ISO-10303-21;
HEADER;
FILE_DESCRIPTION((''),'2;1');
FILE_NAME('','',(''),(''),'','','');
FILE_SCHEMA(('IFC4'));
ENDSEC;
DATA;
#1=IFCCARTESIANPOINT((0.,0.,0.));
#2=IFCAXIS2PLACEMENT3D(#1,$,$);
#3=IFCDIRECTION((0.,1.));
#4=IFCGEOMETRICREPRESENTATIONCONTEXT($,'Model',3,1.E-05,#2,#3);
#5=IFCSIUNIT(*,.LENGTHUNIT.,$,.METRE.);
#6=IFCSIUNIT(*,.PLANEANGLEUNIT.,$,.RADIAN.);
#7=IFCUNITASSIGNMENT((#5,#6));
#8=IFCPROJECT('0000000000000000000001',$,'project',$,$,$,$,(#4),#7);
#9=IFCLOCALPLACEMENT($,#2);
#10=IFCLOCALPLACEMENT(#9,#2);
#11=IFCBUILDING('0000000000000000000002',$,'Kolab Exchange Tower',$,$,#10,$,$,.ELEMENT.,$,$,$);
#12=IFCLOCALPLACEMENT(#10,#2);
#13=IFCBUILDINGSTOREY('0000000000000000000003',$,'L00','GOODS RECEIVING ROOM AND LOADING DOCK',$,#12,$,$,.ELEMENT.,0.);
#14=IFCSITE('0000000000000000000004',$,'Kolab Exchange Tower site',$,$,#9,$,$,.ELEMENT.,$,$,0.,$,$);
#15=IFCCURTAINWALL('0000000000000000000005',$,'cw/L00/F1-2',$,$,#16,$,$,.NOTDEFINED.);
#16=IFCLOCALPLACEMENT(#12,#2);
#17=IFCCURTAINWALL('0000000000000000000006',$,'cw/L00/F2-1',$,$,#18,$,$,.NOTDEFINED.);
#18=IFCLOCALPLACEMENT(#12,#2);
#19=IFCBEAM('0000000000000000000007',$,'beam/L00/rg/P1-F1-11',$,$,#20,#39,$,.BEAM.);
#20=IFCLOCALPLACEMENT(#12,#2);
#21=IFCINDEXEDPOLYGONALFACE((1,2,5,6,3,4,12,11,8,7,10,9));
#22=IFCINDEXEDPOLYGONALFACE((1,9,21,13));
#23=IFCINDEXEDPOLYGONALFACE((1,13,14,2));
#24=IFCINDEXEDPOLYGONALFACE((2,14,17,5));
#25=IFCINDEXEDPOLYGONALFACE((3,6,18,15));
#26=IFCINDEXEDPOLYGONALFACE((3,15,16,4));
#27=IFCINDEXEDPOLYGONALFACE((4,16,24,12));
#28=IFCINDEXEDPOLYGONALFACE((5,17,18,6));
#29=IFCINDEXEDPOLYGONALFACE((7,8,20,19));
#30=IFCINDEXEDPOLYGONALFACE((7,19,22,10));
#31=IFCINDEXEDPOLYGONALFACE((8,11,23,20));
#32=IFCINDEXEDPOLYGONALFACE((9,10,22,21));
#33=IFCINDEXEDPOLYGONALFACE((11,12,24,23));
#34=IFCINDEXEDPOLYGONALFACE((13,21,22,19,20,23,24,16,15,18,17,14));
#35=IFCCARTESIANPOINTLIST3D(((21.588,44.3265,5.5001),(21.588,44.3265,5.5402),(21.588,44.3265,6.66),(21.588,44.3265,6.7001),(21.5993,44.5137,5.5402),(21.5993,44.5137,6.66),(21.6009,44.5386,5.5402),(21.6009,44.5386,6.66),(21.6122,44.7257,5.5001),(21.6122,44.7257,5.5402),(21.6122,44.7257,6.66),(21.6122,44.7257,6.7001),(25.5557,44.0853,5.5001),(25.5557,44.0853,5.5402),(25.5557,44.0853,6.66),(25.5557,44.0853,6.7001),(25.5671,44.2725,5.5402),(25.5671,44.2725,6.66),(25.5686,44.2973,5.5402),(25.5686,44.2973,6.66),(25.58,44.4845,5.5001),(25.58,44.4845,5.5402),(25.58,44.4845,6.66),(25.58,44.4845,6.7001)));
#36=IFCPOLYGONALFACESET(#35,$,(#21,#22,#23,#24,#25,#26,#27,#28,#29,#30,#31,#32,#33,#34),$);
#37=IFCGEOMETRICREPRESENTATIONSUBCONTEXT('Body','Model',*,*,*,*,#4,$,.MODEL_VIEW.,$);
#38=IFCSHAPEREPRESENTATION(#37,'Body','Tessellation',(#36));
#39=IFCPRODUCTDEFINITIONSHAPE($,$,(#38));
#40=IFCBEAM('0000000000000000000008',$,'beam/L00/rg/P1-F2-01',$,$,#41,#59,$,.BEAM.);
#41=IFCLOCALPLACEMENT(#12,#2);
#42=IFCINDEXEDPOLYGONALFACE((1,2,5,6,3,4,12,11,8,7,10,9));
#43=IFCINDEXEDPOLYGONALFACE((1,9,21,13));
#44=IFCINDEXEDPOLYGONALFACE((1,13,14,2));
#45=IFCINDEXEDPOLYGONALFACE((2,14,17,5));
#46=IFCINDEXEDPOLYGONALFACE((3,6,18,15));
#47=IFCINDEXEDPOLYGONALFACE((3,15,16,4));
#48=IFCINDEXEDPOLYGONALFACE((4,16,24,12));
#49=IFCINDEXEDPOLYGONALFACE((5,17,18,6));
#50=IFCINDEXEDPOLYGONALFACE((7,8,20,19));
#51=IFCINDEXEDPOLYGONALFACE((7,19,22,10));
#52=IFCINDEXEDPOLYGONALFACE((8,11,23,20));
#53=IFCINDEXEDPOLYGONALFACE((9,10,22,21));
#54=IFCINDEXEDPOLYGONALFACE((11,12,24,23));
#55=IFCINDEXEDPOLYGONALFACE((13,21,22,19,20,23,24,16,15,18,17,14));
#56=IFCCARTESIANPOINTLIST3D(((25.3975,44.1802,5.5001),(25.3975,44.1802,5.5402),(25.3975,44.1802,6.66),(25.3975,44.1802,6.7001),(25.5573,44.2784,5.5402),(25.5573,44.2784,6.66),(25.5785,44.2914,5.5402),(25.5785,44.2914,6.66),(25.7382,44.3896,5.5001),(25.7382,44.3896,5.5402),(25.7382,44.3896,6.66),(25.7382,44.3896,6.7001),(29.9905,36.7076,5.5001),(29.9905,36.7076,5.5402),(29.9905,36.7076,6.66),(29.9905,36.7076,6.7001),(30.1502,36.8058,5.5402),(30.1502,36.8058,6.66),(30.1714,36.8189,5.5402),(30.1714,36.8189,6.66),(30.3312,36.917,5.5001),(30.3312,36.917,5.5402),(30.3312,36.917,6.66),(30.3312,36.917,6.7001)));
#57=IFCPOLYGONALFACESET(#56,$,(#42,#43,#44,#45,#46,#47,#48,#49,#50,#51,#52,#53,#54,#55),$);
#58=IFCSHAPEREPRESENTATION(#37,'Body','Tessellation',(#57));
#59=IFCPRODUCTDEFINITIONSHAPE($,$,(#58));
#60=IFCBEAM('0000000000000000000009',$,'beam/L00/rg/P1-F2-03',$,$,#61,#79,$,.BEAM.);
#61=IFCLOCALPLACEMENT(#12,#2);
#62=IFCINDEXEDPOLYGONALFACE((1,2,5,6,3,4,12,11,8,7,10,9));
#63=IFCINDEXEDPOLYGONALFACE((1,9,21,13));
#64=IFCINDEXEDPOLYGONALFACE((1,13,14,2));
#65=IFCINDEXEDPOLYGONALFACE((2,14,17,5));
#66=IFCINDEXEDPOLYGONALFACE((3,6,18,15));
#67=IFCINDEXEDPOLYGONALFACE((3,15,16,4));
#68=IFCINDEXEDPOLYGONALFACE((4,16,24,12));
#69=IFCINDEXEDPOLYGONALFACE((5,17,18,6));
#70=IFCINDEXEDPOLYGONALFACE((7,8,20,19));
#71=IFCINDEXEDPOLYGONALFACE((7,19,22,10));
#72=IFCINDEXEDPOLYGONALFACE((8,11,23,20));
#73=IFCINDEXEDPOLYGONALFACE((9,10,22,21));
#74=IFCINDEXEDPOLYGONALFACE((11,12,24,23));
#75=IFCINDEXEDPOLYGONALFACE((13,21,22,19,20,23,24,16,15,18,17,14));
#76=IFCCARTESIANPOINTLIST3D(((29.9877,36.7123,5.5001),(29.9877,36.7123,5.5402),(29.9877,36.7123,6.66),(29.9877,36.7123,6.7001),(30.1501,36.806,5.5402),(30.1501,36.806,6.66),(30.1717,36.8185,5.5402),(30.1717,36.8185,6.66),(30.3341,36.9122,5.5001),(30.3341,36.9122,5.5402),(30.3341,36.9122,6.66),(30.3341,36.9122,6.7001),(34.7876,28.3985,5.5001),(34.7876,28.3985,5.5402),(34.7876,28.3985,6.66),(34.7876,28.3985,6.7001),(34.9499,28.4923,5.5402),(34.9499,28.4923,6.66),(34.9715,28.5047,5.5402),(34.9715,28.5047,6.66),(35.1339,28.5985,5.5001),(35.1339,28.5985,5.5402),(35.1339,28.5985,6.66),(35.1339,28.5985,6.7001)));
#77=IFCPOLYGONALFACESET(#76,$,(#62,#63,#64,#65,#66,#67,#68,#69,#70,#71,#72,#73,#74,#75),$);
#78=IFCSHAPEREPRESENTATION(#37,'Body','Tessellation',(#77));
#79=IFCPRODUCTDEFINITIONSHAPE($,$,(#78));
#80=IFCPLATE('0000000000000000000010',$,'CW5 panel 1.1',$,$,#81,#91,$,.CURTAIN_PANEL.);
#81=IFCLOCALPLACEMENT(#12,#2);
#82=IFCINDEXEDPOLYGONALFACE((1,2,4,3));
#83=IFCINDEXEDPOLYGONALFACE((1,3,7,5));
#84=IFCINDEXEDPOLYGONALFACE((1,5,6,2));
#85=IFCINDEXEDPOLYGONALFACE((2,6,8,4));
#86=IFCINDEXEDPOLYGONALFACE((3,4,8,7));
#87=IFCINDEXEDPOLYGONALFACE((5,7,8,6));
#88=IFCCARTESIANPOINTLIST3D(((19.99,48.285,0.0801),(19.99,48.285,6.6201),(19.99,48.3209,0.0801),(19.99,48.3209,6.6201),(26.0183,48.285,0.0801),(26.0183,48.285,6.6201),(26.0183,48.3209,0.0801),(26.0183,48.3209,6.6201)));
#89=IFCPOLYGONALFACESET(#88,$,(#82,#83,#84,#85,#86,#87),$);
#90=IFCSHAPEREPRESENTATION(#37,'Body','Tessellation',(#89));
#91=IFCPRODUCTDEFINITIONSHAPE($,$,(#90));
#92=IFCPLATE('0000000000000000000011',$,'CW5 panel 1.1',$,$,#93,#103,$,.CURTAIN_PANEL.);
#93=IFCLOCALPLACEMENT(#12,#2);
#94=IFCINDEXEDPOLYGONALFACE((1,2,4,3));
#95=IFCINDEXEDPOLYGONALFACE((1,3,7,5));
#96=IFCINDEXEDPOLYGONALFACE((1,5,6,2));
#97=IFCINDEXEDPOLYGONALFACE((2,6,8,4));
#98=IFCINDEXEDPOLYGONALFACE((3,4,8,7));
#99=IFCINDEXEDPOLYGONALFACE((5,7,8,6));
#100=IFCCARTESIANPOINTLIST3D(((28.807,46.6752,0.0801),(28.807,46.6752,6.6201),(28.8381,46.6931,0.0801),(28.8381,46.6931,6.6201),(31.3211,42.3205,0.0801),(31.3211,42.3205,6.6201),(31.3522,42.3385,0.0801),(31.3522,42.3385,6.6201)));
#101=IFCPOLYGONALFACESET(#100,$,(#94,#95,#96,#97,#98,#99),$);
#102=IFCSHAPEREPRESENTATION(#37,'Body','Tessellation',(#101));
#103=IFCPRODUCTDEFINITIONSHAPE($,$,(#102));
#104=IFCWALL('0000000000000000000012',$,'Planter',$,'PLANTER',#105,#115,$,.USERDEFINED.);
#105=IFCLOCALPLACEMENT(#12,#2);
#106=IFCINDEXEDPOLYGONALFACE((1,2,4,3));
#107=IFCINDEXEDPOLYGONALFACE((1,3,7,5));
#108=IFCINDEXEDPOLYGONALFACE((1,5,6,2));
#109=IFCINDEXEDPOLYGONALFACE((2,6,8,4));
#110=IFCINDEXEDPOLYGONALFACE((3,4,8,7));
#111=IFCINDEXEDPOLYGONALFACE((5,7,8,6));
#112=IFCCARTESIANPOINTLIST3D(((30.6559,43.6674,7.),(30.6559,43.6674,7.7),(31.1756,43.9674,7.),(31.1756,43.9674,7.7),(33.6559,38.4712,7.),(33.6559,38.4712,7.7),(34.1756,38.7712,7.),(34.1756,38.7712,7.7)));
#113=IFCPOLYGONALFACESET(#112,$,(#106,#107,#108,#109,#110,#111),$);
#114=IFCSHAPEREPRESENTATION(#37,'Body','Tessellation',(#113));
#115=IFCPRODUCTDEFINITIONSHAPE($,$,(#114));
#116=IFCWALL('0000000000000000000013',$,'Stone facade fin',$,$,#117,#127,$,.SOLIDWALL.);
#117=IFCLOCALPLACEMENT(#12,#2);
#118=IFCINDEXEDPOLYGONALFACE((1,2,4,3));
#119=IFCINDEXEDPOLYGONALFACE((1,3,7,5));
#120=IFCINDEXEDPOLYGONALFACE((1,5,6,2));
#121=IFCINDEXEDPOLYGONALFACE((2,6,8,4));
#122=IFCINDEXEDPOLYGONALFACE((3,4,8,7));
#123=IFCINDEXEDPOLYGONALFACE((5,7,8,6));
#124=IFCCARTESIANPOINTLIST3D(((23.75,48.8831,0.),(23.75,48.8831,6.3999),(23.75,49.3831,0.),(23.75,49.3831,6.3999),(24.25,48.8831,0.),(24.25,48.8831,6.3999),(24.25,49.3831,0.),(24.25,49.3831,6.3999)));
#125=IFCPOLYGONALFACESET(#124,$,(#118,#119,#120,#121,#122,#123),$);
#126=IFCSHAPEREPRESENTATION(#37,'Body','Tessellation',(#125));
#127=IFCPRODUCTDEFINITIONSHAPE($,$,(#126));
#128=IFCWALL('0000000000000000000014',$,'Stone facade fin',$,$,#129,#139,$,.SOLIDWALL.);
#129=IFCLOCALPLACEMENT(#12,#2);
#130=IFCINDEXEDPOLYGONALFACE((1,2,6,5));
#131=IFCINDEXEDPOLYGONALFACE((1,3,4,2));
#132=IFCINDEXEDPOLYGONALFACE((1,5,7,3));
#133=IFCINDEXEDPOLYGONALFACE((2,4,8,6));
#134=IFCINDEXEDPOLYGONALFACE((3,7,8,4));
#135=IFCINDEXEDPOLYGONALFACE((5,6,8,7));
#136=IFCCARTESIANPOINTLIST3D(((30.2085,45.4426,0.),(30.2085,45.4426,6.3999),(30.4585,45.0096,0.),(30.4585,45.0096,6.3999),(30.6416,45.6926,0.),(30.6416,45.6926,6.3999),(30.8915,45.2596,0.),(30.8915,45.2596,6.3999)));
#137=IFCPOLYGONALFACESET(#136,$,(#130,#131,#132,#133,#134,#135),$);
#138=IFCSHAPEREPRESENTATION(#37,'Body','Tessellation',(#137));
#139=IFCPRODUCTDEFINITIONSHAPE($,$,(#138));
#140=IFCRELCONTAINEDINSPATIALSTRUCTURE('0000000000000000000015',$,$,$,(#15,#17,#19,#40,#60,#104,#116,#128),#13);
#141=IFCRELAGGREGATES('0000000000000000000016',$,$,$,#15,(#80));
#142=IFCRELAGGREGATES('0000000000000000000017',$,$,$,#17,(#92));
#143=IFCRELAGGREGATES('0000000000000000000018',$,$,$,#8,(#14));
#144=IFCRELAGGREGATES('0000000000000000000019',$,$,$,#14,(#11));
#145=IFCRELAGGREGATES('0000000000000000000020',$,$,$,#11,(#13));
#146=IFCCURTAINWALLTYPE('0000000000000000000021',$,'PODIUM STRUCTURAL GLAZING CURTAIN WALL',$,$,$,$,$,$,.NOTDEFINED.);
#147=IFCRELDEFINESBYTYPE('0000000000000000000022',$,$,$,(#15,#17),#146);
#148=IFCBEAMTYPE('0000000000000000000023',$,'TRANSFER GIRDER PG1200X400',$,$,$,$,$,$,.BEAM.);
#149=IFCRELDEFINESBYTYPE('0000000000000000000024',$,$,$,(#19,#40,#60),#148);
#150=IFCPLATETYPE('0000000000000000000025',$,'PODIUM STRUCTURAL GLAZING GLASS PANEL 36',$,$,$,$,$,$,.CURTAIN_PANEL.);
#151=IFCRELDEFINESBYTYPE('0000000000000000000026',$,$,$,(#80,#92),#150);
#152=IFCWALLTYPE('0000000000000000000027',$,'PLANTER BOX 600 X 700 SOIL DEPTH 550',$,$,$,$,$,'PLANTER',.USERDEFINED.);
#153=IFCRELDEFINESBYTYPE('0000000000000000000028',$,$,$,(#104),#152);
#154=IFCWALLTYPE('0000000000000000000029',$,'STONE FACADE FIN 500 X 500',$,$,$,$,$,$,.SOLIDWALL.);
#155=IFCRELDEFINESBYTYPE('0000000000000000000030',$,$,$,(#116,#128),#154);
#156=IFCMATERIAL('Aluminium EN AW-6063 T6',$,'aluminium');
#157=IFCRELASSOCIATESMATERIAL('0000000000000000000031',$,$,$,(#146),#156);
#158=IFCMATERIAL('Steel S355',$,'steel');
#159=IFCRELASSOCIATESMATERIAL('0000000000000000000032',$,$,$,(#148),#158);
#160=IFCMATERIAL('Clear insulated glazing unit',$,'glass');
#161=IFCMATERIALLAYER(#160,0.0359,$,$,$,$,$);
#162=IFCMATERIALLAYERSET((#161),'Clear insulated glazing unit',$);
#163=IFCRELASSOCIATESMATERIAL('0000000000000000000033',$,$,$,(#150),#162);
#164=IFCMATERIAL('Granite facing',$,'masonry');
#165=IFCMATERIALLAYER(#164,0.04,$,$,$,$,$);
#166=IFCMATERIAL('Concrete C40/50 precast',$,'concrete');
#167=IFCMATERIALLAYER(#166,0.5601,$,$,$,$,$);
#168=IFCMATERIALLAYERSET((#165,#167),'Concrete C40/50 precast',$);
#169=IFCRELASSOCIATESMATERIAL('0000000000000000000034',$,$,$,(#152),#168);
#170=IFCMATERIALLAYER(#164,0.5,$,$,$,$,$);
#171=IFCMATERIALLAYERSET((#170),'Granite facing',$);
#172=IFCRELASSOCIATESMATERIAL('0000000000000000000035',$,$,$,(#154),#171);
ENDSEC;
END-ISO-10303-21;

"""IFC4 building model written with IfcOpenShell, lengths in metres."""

from ifc_helpers import new_model, si_unit, direction, frame, frame_2d, origin, origin_2d, place, context, subcontext, project, spatial, rectangle, i_section, extrude, material, layer, layer_set, material_profile, profile_set, type_object, element, aggregate, save


model = new_model("IFC4")

# Units and contexts
model_context = context("Model", 3, precision=1e-05, world=origin(), true_north=direction((0.0, 1.0)))
body_context = subcontext(model_context, "Body", "Model", "MODEL_VIEW")
ifc_project = project(units=[si_unit("LENGTHUNIT", "METRE"), si_unit("PLANEANGLEUNIT", "RADIAN")], contexts=[model_context])

# Site, building, storey
site_placement = place(None, origin())
site = spatial("IfcSite", under=ifc_project, at=site_placement, Name="Kolab Exchange Tower site", CompositionType="ELEMENT", RefElevation=0.0)
building_placement = place(site_placement, origin())
building = spatial("IfcBuilding", under=site, at=building_placement, Name="Kolab Exchange Tower", CompositionType="ELEMENT")
storey_placement = place(building_placement, origin())
storey = spatial("IfcBuildingStorey", under=building, at=storey_placement, Name="L00", Description="GOODS RECEIVING ROOM AND LOADING DOCK", CompositionType="ELEMENT", Elevation=0.0)

# Curtain wall
ifc_material_1 = material(Name="Aluminium EN AW-6063 T6", Category="aluminium")
curtain_wall_type = type_object("IfcCurtainWallType", Name="PODIUM STRUCTURAL GLAZING CURTAIN WALL", PredefinedType="NOTDEFINED", material=ifc_material_1)
curtain_wall_1_placement = place(storey_placement, origin())
curtain_wall_1 = element("IfcCurtainWall", 1, at=curtain_wall_1_placement, inside=storey, type_object=curtain_wall_type, Name="cw/L00/F1-2", PredefinedType="NOTDEFINED")

# Curtain wall
curtain_wall_2_placement = place(storey_placement, origin())
curtain_wall_2 = element("IfcCurtainWall", 2, at=curtain_wall_2_placement, inside=storey, type_object=curtain_wall_type, Name="cw/L00/F2-1", PredefinedType="NOTDEFINED")

# Beams
ifc_material_2 = material(Name="Steel S355", Category="steel")
ifc_material_profile_1 = material_profile(ifc_material_2, i_section(OverallWidth=0.3999, OverallDepth=1.2, WebThickness=0.0249, FlangeThickness=0.04, at=origin_2d()), Name="PG1200X400")
ifc_profile_set_1 = profile_set([ifc_material_profile_1], Name="Steel S355")
beam_type = type_object("IfcBeamType", Name="TRANSFER GIRDER PG1200X400", PredefinedType="BEAM", material=ifc_profile_set_1)
beam_1_placement = place(storey_placement, frame((21.6001, 44.5261, 6.1001), z_axis=(0.998157, -0.06068, 0.0), x_axis=(0.06068, 0.998157, 0.0)))
element("IfcBeam", 3, at=beam_1_placement, inside=storey, type_object=beam_type, Name="beam/L00/rg/P1-F1-11", PredefinedType="BEAM", context=body_context, shape_type="SweptSolid", body=[
    extrude(i_section(OverallWidth=0.3999, OverallDepth=1.2, WebThickness=0.0249, FlangeThickness=0.04, at=origin_2d()), origin(), (0.0, 0.0, 1.0), 3.9751),
])
beam_2_placement = place(storey_placement, frame((25.5679, 44.2849, 6.1001), z_axis=(0.523639, -0.85194, 0.0), x_axis=(0.85194, 0.523639, 0.0)))
element("IfcBeam", 4, at=beam_2_placement, inside=storey, type_object=beam_type, Name="beam/L00/rg/P1-F2-01", PredefinedType="BEAM", context=body_context, shape_type="SweptSolid", body=[
    extrude(i_section(OverallWidth=0.3999, OverallDepth=1.2, WebThickness=0.0249, FlangeThickness=0.04, at=origin_2d()), origin(), (0.0, 0.0, 1.0), 8.7712),
])
beam_3_placement = place(storey_placement, frame((30.1609, 36.8123, 6.1001), z_axis=(0.49999, -0.866031, 0.0), x_axis=(0.866031, 0.49999, 0.0)))
element("IfcBeam", 5, at=beam_3_placement, inside=storey, type_object=beam_type, Name="beam/L00/rg/P1-F2-03", PredefinedType="BEAM", context=body_context, shape_type="SweptSolid", body=[
    extrude(i_section(OverallWidth=0.3999, OverallDepth=1.2, WebThickness=0.0249, FlangeThickness=0.04, at=origin_2d()), origin(), (0.0, 0.0, 1.0), 9.5999),
])

# Plates
ifc_material_3 = material(Name="Clear insulated glazing unit", Category="glass")
ifc_layer_1 = layer(ifc_material_3, 0.0359)
ifc_layer_set_1 = layer_set([ifc_layer_1], Name="Clear insulated glazing unit")
plate_type = type_object("IfcPlateType", Name="PODIUM STRUCTURAL GLAZING GLASS PANEL 36", PredefinedType="CURTAIN_PANEL", material=ifc_layer_set_1)
plate_1_placement = place(storey_placement, frame((23.0042, 48.303, 0.0801), z_axis=(0.0, 0.0, 1.0), x_axis=(1.0, 0.0, 0.0)))
plate_1 = element("IfcPlate", 6, at=plate_1_placement, type_object=plate_type, Name="CW5 panel 1.1", PredefinedType="CURTAIN_PANEL", context=body_context, shape_type="SweptSolid", body=[
    extrude(rectangle(XDim=6.0283, YDim=0.0359, at=origin_2d()), origin(), (0.0, 0.0, 1.0), 6.54),
])
aggregate(curtain_wall_1, [plate_1])
plate_2_placement = place(storey_placement, frame((30.0796, 44.5068, 0.0801), z_axis=(0.0, 0.0, 1.0), x_axis=(0.5, -0.866025, 0.0)))
plate_2 = element("IfcPlate", 7, at=plate_2_placement, type_object=plate_type, Name="CW5 panel 1.1", PredefinedType="CURTAIN_PANEL", context=body_context, shape_type="SweptSolid", body=[
    extrude(rectangle(XDim=5.0283, YDim=0.0359, at=origin_2d()), origin(), (0.0, 0.0, 1.0), 6.54),
])
aggregate(curtain_wall_2, [plate_2])

# Walls
ifc_material_4 = material(Name="Granite facing", Category="masonry")
ifc_layer_2 = layer(ifc_material_4, 0.04)
ifc_material_5 = material(Name="Concrete C40/50 precast", Category="concrete")
ifc_layer_3 = layer(ifc_material_5, 0.5601)
ifc_layer_set_2 = layer_set([ifc_layer_2, ifc_layer_3], Name="Concrete C40/50 precast")
wall_type_1 = type_object("IfcWallType", Name="PLANTER BOX 600 X 700 SOIL DEPTH 550", ElementType="PLANTER", PredefinedType="USERDEFINED", material=ifc_layer_set_2)
wall_placement = place(storey_placement, frame((30.9158, 43.8174, 7.0), z_axis=(0.0, 0.0, 1.0), x_axis=(0.49999, -0.866031, 0.0)))
element("IfcWall", 8, at=wall_placement, inside=storey, type_object=wall_type_1, Name="Planter", ObjectType="PLANTER", PredefinedType="USERDEFINED", context=body_context, shape_type="SweptSolid", body=[
    extrude(rectangle(XDim=6.0, YDim=0.6001, at=frame_2d((3.0, 0.0))), origin(), (0.0, 0.0, 1.0), 0.7),
])
ifc_layer_4 = layer(ifc_material_4, 0.5)
ifc_layer_set_3 = layer_set([ifc_layer_4], Name="Granite facing")
wall_type_2 = type_object("IfcWallType", Name="STONE FACADE FIN 500 X 500", PredefinedType="SOLIDWALL", material=ifc_layer_set_3)
for number, where, z_axis, x_axis, name in (
    (9, (23.75, 49.1331, 0.0), (0.0, 0.0, 1.0), (1.0, 0.0, 0.0), "Stone facade fin"),
    (10, (30.425, 45.5676, 0.0), (0.0, 0.0, 1.0), (0.49992, -0.866072, 0.0), "Stone facade fin"),
):
    element("IfcWall", number, at=place(storey_placement, frame(where, z_axis=z_axis, x_axis=x_axis)), inside=storey, type_object=wall_type_2, Name=name, PredefinedType="SOLIDWALL", context=body_context, shape_type="SweptSolid", body=[
        extrude(rectangle(XDim=0.5, YDim=0.5, at=frame_2d((0.25, 0.0))), origin(), (0.0, 0.0, 1.0), 6.3999),
    ])

save(model, "model.ifc")
